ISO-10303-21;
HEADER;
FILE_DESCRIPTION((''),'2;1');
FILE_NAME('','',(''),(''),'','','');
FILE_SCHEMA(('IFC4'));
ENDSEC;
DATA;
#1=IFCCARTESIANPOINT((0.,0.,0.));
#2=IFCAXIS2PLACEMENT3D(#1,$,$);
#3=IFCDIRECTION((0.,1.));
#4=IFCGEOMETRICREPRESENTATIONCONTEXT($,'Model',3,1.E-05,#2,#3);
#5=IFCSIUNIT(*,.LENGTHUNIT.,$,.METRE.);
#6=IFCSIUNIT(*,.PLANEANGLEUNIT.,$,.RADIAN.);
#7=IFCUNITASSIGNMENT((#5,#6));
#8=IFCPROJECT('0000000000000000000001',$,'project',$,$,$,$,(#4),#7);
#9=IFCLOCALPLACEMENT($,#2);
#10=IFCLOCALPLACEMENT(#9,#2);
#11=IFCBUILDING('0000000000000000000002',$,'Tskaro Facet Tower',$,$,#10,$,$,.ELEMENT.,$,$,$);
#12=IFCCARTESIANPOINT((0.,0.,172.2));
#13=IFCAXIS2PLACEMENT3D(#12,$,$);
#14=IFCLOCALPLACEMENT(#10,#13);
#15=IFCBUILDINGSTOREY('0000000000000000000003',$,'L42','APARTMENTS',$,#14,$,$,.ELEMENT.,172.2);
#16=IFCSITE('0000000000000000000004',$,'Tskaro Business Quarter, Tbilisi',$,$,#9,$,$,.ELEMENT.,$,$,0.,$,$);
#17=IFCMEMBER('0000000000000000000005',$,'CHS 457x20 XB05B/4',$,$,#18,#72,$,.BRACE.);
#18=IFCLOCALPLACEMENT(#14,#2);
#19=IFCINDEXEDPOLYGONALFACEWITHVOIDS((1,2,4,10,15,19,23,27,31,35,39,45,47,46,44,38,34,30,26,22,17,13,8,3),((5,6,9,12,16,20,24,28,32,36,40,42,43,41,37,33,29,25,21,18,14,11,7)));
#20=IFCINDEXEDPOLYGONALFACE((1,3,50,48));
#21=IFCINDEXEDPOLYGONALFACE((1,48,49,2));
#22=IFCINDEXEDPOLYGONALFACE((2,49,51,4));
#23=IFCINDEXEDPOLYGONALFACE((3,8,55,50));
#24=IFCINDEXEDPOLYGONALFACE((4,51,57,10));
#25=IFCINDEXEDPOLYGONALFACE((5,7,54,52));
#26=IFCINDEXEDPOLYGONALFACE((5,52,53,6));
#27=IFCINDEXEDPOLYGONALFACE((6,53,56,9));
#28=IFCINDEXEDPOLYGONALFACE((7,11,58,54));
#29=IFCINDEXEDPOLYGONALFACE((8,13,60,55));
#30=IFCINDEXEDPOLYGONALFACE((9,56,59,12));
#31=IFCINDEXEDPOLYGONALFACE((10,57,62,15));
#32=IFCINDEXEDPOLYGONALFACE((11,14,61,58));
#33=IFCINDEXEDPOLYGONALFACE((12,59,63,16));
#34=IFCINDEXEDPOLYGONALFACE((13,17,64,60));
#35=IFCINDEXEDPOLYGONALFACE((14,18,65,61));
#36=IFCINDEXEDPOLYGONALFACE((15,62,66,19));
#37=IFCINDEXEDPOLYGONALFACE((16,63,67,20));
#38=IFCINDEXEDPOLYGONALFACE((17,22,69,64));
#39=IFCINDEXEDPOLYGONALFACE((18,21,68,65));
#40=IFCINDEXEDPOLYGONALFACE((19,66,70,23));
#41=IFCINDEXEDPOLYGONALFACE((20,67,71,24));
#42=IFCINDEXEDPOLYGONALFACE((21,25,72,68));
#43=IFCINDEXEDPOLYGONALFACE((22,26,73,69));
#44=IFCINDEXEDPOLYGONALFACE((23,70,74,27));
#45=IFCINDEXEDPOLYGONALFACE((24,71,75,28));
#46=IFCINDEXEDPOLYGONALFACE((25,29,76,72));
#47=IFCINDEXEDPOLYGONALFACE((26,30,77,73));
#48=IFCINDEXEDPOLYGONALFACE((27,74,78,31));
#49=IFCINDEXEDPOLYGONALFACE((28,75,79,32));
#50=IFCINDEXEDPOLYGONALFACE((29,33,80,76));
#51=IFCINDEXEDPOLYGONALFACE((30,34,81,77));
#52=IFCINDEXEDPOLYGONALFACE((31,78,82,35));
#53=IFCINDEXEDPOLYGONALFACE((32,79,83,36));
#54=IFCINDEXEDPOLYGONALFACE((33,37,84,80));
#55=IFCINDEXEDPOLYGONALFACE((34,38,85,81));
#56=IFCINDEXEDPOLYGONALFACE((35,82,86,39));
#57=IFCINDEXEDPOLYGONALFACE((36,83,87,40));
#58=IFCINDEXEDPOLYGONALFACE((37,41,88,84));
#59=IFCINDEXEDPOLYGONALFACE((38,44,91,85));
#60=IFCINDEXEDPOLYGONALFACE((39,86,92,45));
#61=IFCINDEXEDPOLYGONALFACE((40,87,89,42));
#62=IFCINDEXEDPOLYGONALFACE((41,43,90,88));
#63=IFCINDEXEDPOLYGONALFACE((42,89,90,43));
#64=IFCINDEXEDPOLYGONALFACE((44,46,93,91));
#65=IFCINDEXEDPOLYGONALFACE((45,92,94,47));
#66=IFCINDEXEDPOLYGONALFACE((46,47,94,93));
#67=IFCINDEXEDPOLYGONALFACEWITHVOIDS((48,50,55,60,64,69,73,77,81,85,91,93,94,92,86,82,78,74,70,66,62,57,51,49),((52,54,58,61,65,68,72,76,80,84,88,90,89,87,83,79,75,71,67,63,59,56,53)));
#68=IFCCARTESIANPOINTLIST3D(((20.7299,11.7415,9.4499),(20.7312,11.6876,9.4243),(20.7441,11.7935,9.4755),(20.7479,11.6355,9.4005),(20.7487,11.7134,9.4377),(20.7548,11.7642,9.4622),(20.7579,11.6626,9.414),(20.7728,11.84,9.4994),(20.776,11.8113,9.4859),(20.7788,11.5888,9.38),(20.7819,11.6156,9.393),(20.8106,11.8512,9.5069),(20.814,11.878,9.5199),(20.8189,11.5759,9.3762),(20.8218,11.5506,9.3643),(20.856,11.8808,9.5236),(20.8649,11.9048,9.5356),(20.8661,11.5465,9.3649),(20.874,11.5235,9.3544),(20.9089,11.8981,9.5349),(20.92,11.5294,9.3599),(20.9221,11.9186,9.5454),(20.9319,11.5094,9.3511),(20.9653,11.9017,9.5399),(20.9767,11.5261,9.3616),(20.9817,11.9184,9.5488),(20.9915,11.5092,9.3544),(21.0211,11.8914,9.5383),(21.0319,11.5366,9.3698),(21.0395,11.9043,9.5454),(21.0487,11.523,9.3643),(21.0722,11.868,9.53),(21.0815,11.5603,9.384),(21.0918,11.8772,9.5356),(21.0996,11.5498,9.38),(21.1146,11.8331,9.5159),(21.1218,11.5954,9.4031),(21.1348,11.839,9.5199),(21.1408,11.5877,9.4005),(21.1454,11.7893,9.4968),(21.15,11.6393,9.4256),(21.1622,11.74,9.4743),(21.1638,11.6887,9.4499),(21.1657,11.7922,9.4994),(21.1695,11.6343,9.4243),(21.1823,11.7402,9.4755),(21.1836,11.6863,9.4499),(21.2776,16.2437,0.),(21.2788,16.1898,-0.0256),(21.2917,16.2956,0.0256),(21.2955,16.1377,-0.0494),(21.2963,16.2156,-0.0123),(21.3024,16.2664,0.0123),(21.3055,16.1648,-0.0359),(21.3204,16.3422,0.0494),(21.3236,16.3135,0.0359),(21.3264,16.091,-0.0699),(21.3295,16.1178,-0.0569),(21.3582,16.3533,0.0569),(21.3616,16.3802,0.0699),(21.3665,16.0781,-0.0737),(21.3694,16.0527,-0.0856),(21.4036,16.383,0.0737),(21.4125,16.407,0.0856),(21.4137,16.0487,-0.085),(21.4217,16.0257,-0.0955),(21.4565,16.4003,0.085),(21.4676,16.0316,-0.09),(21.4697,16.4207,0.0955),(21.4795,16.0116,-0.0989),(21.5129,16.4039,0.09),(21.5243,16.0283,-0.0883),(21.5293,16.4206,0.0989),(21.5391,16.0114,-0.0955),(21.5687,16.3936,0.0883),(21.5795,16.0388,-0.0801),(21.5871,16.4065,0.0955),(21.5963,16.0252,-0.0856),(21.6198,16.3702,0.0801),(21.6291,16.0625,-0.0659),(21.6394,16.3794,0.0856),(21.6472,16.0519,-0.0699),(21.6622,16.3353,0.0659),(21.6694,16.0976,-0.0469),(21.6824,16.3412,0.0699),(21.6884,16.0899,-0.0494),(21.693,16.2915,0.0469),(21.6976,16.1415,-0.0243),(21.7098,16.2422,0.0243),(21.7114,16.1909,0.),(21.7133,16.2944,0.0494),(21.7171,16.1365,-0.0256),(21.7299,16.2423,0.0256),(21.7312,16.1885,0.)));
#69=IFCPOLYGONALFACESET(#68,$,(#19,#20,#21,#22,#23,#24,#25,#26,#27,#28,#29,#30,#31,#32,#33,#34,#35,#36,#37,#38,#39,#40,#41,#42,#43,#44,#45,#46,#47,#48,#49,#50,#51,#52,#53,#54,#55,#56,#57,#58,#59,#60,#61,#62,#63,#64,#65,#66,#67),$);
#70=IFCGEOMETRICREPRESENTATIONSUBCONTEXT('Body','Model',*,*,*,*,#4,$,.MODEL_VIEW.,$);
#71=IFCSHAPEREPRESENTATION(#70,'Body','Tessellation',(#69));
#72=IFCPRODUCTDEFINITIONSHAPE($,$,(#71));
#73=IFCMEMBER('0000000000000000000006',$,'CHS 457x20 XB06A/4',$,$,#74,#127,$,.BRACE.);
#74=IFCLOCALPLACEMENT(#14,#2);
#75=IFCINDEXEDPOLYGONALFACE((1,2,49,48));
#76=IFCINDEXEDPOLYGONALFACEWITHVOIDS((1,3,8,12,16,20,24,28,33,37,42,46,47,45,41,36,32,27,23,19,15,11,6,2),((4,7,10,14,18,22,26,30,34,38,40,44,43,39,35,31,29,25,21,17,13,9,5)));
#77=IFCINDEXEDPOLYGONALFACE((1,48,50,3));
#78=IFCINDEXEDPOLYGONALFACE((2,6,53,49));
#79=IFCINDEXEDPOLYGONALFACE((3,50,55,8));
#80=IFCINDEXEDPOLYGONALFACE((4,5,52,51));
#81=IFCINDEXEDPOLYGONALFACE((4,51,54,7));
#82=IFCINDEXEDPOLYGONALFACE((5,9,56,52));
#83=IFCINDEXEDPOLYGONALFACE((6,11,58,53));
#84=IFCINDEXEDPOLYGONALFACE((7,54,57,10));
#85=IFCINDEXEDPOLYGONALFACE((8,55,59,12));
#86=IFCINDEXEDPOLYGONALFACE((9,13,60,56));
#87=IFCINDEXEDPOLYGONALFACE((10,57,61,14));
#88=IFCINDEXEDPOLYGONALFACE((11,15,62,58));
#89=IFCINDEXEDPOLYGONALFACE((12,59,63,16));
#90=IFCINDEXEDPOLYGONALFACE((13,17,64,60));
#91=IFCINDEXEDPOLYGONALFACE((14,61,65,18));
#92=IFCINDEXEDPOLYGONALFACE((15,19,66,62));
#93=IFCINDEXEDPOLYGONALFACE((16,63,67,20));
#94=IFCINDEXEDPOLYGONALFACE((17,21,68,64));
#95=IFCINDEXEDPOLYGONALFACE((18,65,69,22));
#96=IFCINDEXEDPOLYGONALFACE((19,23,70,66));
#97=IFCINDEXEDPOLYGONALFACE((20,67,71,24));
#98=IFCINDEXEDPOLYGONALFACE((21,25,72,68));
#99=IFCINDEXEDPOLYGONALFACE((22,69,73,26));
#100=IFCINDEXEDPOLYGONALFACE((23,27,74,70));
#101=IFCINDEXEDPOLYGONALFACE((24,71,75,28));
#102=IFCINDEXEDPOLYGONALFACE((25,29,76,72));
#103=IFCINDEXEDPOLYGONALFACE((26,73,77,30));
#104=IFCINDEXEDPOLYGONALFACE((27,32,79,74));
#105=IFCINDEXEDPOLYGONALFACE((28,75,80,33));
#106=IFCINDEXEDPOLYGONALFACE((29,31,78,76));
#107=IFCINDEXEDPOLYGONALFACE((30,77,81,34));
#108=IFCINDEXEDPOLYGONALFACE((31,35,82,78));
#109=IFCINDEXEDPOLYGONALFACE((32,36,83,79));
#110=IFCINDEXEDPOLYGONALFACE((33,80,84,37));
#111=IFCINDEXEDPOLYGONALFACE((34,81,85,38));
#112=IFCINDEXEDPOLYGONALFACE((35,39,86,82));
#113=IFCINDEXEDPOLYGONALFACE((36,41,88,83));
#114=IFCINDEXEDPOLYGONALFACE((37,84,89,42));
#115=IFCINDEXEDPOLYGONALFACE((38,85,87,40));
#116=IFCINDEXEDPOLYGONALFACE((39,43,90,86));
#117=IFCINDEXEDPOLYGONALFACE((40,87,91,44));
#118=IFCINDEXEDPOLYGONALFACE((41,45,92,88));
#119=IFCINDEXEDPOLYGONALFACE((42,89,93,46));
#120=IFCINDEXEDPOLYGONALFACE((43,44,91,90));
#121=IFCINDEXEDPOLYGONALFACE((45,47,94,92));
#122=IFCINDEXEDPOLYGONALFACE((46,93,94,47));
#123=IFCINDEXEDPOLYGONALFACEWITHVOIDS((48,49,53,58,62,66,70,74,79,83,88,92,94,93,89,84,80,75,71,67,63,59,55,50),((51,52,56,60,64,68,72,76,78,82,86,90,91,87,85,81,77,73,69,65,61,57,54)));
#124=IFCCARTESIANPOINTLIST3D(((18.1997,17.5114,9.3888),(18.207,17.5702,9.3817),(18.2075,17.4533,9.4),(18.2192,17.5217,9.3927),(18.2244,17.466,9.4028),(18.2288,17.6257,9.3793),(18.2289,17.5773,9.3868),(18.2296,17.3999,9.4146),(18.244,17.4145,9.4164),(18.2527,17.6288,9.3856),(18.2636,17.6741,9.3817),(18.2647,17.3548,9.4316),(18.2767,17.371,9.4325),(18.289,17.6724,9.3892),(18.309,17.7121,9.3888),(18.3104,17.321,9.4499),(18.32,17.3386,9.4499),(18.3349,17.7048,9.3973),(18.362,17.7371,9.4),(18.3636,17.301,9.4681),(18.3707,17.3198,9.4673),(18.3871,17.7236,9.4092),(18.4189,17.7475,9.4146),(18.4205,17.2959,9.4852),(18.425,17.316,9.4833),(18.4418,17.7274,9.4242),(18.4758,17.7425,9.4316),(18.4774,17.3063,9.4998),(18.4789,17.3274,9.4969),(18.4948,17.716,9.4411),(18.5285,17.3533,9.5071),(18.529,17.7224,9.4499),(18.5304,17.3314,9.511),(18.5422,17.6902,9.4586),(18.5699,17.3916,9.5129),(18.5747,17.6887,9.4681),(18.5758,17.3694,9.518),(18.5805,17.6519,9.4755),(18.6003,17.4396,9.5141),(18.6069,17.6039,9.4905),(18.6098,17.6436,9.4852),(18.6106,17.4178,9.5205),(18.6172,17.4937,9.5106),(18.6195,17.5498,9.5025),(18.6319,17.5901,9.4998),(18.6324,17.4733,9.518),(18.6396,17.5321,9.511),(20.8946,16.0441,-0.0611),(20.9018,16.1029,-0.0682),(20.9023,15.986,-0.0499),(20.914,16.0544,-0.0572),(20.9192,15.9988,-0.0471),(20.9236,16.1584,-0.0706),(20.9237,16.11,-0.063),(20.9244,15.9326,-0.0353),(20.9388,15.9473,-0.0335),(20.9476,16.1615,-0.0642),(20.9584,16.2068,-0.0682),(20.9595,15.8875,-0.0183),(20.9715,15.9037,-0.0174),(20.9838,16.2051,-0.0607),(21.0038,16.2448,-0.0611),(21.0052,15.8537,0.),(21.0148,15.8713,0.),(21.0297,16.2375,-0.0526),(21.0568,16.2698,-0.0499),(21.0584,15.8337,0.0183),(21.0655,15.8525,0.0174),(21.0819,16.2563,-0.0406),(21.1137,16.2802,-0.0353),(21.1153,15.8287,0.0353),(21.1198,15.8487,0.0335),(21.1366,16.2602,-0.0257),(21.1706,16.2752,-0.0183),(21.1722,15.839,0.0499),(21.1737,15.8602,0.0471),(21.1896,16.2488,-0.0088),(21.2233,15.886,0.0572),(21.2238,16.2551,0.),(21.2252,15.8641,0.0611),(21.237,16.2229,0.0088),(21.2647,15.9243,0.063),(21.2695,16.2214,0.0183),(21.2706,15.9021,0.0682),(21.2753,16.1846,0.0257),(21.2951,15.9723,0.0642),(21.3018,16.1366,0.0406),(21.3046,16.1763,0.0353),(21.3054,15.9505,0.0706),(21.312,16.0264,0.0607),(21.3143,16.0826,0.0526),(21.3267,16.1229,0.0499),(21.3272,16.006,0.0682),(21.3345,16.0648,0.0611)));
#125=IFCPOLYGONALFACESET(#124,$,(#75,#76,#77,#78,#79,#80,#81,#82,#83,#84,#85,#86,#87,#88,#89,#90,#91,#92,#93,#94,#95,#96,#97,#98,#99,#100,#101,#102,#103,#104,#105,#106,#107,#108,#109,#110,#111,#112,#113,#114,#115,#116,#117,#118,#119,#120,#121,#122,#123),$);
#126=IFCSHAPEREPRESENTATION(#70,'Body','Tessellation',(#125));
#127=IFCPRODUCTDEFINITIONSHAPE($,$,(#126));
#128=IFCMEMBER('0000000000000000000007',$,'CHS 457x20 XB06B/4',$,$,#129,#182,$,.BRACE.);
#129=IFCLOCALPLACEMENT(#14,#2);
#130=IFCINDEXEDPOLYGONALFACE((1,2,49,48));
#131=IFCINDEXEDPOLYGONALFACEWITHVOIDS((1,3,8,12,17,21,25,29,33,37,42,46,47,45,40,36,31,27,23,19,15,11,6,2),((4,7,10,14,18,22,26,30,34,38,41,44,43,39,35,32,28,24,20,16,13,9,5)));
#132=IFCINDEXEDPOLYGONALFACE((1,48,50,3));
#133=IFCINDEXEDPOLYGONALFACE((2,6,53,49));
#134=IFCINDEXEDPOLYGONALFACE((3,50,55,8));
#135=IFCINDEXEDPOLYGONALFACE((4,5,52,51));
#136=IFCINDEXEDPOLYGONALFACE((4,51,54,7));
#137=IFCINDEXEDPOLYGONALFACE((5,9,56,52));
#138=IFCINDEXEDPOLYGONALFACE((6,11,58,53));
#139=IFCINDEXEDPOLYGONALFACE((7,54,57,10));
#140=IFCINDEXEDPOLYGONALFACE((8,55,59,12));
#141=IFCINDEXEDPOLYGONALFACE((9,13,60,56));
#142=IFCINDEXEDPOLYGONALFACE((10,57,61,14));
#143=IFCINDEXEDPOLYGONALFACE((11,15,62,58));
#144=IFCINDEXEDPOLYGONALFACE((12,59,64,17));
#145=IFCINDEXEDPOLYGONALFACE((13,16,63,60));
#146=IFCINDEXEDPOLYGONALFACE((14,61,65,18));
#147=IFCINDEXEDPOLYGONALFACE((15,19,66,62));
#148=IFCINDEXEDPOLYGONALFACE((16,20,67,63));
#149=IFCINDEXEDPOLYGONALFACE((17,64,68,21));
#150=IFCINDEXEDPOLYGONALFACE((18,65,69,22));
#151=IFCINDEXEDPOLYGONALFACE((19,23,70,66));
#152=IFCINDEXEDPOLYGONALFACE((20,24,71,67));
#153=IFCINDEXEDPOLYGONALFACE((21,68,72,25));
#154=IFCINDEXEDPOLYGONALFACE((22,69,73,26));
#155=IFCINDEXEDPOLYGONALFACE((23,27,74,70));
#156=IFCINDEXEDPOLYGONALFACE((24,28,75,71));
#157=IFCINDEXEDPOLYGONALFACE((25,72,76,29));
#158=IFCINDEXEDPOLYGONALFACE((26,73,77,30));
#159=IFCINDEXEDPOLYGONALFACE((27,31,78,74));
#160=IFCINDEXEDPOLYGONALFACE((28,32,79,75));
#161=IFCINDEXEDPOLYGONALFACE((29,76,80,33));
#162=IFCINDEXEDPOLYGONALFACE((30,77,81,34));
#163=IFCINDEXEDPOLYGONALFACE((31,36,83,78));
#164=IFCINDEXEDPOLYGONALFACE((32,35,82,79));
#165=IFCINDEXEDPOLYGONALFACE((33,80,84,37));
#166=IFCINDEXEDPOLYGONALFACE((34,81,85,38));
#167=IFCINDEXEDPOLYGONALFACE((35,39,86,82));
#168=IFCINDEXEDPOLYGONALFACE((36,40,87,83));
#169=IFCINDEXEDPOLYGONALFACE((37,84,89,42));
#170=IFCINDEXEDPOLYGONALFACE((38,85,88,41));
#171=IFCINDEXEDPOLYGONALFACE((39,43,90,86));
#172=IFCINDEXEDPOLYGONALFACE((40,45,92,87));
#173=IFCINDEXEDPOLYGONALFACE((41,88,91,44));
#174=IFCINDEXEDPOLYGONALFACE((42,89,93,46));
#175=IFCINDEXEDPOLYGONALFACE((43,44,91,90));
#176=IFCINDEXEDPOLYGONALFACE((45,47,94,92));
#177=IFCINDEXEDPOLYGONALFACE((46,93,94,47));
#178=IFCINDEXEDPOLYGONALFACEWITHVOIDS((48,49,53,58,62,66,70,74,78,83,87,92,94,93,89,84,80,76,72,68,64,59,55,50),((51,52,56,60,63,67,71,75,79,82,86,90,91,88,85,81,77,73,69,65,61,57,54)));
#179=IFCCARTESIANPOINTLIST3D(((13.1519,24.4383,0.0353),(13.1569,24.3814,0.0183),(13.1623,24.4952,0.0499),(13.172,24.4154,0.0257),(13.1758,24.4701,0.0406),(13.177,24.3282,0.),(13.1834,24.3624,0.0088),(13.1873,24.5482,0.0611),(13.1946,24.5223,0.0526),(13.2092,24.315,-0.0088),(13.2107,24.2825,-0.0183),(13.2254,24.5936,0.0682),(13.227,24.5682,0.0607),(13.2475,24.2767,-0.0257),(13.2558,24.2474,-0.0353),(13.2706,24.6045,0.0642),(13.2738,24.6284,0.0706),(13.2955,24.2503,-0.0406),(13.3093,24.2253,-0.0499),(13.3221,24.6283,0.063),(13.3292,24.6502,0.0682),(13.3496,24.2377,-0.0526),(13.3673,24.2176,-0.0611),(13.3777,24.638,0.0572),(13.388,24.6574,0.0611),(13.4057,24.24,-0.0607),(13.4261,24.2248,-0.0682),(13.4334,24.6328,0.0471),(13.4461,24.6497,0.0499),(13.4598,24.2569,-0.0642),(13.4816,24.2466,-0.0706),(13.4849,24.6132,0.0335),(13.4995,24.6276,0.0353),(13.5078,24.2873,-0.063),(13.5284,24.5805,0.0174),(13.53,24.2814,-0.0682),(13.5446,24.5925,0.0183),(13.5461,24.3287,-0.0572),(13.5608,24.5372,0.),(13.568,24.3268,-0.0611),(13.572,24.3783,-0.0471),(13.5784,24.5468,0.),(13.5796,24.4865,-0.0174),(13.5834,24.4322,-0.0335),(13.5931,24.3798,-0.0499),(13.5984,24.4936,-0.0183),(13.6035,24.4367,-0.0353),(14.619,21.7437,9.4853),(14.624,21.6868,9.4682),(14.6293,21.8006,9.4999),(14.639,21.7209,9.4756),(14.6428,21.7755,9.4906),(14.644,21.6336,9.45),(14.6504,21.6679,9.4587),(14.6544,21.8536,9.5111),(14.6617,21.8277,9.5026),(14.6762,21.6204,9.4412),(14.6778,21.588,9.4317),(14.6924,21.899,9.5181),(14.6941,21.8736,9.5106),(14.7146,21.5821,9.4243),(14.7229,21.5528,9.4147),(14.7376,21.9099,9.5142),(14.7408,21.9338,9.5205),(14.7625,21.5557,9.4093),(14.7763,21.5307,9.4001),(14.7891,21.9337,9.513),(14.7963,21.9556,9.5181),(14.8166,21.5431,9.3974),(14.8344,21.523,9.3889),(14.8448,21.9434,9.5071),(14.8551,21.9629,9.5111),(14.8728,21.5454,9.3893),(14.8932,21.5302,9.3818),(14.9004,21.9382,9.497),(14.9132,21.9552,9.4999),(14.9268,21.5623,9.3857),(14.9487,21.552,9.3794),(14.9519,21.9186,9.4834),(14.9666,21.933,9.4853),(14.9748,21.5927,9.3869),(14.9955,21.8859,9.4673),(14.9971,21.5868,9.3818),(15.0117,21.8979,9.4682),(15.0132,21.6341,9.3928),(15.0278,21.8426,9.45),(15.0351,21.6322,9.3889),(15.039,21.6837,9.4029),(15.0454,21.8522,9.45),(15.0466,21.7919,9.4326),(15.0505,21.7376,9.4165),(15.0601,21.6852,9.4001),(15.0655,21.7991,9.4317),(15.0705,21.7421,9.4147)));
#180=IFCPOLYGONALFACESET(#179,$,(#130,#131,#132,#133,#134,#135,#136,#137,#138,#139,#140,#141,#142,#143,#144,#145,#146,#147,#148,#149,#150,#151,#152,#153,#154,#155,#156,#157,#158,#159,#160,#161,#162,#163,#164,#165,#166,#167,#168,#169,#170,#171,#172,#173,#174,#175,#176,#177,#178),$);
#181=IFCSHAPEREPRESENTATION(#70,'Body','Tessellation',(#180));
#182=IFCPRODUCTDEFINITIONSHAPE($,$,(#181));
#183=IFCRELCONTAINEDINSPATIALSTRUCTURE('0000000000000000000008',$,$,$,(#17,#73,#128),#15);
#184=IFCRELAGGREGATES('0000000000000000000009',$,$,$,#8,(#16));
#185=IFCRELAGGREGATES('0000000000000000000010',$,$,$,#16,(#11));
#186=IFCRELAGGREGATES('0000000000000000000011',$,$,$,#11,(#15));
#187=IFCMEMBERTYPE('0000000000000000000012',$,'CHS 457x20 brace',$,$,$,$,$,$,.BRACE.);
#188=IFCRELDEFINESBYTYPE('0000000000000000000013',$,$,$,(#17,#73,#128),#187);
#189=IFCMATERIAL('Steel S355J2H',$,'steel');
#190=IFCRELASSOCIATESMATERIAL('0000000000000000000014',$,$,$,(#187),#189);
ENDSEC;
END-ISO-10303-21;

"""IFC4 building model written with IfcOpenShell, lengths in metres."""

from ifc_helpers import new_model, si_unit, direction, frame, origin, origin_2d, place, context, subcontext, project, spatial, hollow_circle, extrude, material, material_profile, profile_set, type_object, element, save


model = new_model("IFC4")

# Units and contexts
model_context = context("Model", 3, precision=1e-05, world=origin(), true_north=direction((0.0, 1.0)))
body_context = subcontext(model_context, "Body", "Model", "MODEL_VIEW")
ifc_project = project(units=[si_unit("LENGTHUNIT", "METRE"), si_unit("PLANEANGLEUNIT", "RADIAN")], contexts=[model_context])

# Site, building, storey
site_placement = place(None, origin())
site = spatial("IfcSite", under=ifc_project, at=site_placement, Name="Tskaro Business Quarter, Tbilisi", CompositionType="ELEMENT", RefElevation=0.0)
building_placement = place(site_placement, origin())
building = spatial("IfcBuilding", under=site, at=building_placement, Name="Tskaro Facet Tower", CompositionType="ELEMENT")
storey_placement = place(building_placement, frame((0.0, 0.0, 172.2)))
storey = spatial("IfcBuildingStorey", under=building, at=storey_placement, Name="L42", Description="APARTMENTS", CompositionType="ELEMENT", Elevation=172.2)

# Shared definitions
ifc_material_1 = material(Name="Steel S355J2H", Category="steel")

# Members
ifc_material_profile_1 = material_profile(ifc_material_1, hollow_circle(Radius=0.2285, WallThickness=0.02, at=origin_2d()), Name="CHS 457x20")
ifc_profile_set_1 = profile_set([ifc_material_profile_1], Name="Steel S355J2H")
member_type_1 = type_object("IfcMemberType", Name="CHS 457x20 brace", PredefinedType="BRACE", material=ifc_profile_set_1)
member_1_placement = place(storey_placement, frame((21.5044, 16.2161, 0.0), z_axis=(-0.052243, -0.429519, 0.901545), x_axis=(0.992684, -0.120741, 0.0)))
element("IfcMember", 1, at=member_1_placement, inside=storey, type_object=member_type_1, Name="CHS 457x20 XB05B/4", PredefinedType="BRACE", context=body_context, shape_type="SweptSolid", body=[
    extrude(hollow_circle(Radius=0.2285, WallThickness=0.02, at=origin_2d()), origin(), (0.0, 0.0, 1.0), 10.4819),
])
for number, where, z_axis, x_axis, name in (
    (2, (21.1145, 16.0544, 0.0), (-0.271229, 0.147679, 0.951118), (-0.478194, -0.878254, 0.0), "CHS 457x20 XB06A/4"),
    (3, (13.3777, 24.4375, 0.0), (0.147656, -0.271207, 0.951128), (0.878269, 0.478166, 0.0), "CHS 457x20 XB06B/4"),
):
    element("IfcMember", number, at=place(storey_placement, frame(where, z_axis=z_axis, x_axis=x_axis)), inside=storey, type_object=member_type_1, Name=name, PredefinedType="BRACE", context=body_context, shape_type="SweptSolid", body=[
        extrude(hollow_circle(Radius=0.2285, WallThickness=0.02, at=origin_2d()), origin(), (0.0, 0.0, 1.0), 9.9355),
    ])

save(model, "model.ifc")
